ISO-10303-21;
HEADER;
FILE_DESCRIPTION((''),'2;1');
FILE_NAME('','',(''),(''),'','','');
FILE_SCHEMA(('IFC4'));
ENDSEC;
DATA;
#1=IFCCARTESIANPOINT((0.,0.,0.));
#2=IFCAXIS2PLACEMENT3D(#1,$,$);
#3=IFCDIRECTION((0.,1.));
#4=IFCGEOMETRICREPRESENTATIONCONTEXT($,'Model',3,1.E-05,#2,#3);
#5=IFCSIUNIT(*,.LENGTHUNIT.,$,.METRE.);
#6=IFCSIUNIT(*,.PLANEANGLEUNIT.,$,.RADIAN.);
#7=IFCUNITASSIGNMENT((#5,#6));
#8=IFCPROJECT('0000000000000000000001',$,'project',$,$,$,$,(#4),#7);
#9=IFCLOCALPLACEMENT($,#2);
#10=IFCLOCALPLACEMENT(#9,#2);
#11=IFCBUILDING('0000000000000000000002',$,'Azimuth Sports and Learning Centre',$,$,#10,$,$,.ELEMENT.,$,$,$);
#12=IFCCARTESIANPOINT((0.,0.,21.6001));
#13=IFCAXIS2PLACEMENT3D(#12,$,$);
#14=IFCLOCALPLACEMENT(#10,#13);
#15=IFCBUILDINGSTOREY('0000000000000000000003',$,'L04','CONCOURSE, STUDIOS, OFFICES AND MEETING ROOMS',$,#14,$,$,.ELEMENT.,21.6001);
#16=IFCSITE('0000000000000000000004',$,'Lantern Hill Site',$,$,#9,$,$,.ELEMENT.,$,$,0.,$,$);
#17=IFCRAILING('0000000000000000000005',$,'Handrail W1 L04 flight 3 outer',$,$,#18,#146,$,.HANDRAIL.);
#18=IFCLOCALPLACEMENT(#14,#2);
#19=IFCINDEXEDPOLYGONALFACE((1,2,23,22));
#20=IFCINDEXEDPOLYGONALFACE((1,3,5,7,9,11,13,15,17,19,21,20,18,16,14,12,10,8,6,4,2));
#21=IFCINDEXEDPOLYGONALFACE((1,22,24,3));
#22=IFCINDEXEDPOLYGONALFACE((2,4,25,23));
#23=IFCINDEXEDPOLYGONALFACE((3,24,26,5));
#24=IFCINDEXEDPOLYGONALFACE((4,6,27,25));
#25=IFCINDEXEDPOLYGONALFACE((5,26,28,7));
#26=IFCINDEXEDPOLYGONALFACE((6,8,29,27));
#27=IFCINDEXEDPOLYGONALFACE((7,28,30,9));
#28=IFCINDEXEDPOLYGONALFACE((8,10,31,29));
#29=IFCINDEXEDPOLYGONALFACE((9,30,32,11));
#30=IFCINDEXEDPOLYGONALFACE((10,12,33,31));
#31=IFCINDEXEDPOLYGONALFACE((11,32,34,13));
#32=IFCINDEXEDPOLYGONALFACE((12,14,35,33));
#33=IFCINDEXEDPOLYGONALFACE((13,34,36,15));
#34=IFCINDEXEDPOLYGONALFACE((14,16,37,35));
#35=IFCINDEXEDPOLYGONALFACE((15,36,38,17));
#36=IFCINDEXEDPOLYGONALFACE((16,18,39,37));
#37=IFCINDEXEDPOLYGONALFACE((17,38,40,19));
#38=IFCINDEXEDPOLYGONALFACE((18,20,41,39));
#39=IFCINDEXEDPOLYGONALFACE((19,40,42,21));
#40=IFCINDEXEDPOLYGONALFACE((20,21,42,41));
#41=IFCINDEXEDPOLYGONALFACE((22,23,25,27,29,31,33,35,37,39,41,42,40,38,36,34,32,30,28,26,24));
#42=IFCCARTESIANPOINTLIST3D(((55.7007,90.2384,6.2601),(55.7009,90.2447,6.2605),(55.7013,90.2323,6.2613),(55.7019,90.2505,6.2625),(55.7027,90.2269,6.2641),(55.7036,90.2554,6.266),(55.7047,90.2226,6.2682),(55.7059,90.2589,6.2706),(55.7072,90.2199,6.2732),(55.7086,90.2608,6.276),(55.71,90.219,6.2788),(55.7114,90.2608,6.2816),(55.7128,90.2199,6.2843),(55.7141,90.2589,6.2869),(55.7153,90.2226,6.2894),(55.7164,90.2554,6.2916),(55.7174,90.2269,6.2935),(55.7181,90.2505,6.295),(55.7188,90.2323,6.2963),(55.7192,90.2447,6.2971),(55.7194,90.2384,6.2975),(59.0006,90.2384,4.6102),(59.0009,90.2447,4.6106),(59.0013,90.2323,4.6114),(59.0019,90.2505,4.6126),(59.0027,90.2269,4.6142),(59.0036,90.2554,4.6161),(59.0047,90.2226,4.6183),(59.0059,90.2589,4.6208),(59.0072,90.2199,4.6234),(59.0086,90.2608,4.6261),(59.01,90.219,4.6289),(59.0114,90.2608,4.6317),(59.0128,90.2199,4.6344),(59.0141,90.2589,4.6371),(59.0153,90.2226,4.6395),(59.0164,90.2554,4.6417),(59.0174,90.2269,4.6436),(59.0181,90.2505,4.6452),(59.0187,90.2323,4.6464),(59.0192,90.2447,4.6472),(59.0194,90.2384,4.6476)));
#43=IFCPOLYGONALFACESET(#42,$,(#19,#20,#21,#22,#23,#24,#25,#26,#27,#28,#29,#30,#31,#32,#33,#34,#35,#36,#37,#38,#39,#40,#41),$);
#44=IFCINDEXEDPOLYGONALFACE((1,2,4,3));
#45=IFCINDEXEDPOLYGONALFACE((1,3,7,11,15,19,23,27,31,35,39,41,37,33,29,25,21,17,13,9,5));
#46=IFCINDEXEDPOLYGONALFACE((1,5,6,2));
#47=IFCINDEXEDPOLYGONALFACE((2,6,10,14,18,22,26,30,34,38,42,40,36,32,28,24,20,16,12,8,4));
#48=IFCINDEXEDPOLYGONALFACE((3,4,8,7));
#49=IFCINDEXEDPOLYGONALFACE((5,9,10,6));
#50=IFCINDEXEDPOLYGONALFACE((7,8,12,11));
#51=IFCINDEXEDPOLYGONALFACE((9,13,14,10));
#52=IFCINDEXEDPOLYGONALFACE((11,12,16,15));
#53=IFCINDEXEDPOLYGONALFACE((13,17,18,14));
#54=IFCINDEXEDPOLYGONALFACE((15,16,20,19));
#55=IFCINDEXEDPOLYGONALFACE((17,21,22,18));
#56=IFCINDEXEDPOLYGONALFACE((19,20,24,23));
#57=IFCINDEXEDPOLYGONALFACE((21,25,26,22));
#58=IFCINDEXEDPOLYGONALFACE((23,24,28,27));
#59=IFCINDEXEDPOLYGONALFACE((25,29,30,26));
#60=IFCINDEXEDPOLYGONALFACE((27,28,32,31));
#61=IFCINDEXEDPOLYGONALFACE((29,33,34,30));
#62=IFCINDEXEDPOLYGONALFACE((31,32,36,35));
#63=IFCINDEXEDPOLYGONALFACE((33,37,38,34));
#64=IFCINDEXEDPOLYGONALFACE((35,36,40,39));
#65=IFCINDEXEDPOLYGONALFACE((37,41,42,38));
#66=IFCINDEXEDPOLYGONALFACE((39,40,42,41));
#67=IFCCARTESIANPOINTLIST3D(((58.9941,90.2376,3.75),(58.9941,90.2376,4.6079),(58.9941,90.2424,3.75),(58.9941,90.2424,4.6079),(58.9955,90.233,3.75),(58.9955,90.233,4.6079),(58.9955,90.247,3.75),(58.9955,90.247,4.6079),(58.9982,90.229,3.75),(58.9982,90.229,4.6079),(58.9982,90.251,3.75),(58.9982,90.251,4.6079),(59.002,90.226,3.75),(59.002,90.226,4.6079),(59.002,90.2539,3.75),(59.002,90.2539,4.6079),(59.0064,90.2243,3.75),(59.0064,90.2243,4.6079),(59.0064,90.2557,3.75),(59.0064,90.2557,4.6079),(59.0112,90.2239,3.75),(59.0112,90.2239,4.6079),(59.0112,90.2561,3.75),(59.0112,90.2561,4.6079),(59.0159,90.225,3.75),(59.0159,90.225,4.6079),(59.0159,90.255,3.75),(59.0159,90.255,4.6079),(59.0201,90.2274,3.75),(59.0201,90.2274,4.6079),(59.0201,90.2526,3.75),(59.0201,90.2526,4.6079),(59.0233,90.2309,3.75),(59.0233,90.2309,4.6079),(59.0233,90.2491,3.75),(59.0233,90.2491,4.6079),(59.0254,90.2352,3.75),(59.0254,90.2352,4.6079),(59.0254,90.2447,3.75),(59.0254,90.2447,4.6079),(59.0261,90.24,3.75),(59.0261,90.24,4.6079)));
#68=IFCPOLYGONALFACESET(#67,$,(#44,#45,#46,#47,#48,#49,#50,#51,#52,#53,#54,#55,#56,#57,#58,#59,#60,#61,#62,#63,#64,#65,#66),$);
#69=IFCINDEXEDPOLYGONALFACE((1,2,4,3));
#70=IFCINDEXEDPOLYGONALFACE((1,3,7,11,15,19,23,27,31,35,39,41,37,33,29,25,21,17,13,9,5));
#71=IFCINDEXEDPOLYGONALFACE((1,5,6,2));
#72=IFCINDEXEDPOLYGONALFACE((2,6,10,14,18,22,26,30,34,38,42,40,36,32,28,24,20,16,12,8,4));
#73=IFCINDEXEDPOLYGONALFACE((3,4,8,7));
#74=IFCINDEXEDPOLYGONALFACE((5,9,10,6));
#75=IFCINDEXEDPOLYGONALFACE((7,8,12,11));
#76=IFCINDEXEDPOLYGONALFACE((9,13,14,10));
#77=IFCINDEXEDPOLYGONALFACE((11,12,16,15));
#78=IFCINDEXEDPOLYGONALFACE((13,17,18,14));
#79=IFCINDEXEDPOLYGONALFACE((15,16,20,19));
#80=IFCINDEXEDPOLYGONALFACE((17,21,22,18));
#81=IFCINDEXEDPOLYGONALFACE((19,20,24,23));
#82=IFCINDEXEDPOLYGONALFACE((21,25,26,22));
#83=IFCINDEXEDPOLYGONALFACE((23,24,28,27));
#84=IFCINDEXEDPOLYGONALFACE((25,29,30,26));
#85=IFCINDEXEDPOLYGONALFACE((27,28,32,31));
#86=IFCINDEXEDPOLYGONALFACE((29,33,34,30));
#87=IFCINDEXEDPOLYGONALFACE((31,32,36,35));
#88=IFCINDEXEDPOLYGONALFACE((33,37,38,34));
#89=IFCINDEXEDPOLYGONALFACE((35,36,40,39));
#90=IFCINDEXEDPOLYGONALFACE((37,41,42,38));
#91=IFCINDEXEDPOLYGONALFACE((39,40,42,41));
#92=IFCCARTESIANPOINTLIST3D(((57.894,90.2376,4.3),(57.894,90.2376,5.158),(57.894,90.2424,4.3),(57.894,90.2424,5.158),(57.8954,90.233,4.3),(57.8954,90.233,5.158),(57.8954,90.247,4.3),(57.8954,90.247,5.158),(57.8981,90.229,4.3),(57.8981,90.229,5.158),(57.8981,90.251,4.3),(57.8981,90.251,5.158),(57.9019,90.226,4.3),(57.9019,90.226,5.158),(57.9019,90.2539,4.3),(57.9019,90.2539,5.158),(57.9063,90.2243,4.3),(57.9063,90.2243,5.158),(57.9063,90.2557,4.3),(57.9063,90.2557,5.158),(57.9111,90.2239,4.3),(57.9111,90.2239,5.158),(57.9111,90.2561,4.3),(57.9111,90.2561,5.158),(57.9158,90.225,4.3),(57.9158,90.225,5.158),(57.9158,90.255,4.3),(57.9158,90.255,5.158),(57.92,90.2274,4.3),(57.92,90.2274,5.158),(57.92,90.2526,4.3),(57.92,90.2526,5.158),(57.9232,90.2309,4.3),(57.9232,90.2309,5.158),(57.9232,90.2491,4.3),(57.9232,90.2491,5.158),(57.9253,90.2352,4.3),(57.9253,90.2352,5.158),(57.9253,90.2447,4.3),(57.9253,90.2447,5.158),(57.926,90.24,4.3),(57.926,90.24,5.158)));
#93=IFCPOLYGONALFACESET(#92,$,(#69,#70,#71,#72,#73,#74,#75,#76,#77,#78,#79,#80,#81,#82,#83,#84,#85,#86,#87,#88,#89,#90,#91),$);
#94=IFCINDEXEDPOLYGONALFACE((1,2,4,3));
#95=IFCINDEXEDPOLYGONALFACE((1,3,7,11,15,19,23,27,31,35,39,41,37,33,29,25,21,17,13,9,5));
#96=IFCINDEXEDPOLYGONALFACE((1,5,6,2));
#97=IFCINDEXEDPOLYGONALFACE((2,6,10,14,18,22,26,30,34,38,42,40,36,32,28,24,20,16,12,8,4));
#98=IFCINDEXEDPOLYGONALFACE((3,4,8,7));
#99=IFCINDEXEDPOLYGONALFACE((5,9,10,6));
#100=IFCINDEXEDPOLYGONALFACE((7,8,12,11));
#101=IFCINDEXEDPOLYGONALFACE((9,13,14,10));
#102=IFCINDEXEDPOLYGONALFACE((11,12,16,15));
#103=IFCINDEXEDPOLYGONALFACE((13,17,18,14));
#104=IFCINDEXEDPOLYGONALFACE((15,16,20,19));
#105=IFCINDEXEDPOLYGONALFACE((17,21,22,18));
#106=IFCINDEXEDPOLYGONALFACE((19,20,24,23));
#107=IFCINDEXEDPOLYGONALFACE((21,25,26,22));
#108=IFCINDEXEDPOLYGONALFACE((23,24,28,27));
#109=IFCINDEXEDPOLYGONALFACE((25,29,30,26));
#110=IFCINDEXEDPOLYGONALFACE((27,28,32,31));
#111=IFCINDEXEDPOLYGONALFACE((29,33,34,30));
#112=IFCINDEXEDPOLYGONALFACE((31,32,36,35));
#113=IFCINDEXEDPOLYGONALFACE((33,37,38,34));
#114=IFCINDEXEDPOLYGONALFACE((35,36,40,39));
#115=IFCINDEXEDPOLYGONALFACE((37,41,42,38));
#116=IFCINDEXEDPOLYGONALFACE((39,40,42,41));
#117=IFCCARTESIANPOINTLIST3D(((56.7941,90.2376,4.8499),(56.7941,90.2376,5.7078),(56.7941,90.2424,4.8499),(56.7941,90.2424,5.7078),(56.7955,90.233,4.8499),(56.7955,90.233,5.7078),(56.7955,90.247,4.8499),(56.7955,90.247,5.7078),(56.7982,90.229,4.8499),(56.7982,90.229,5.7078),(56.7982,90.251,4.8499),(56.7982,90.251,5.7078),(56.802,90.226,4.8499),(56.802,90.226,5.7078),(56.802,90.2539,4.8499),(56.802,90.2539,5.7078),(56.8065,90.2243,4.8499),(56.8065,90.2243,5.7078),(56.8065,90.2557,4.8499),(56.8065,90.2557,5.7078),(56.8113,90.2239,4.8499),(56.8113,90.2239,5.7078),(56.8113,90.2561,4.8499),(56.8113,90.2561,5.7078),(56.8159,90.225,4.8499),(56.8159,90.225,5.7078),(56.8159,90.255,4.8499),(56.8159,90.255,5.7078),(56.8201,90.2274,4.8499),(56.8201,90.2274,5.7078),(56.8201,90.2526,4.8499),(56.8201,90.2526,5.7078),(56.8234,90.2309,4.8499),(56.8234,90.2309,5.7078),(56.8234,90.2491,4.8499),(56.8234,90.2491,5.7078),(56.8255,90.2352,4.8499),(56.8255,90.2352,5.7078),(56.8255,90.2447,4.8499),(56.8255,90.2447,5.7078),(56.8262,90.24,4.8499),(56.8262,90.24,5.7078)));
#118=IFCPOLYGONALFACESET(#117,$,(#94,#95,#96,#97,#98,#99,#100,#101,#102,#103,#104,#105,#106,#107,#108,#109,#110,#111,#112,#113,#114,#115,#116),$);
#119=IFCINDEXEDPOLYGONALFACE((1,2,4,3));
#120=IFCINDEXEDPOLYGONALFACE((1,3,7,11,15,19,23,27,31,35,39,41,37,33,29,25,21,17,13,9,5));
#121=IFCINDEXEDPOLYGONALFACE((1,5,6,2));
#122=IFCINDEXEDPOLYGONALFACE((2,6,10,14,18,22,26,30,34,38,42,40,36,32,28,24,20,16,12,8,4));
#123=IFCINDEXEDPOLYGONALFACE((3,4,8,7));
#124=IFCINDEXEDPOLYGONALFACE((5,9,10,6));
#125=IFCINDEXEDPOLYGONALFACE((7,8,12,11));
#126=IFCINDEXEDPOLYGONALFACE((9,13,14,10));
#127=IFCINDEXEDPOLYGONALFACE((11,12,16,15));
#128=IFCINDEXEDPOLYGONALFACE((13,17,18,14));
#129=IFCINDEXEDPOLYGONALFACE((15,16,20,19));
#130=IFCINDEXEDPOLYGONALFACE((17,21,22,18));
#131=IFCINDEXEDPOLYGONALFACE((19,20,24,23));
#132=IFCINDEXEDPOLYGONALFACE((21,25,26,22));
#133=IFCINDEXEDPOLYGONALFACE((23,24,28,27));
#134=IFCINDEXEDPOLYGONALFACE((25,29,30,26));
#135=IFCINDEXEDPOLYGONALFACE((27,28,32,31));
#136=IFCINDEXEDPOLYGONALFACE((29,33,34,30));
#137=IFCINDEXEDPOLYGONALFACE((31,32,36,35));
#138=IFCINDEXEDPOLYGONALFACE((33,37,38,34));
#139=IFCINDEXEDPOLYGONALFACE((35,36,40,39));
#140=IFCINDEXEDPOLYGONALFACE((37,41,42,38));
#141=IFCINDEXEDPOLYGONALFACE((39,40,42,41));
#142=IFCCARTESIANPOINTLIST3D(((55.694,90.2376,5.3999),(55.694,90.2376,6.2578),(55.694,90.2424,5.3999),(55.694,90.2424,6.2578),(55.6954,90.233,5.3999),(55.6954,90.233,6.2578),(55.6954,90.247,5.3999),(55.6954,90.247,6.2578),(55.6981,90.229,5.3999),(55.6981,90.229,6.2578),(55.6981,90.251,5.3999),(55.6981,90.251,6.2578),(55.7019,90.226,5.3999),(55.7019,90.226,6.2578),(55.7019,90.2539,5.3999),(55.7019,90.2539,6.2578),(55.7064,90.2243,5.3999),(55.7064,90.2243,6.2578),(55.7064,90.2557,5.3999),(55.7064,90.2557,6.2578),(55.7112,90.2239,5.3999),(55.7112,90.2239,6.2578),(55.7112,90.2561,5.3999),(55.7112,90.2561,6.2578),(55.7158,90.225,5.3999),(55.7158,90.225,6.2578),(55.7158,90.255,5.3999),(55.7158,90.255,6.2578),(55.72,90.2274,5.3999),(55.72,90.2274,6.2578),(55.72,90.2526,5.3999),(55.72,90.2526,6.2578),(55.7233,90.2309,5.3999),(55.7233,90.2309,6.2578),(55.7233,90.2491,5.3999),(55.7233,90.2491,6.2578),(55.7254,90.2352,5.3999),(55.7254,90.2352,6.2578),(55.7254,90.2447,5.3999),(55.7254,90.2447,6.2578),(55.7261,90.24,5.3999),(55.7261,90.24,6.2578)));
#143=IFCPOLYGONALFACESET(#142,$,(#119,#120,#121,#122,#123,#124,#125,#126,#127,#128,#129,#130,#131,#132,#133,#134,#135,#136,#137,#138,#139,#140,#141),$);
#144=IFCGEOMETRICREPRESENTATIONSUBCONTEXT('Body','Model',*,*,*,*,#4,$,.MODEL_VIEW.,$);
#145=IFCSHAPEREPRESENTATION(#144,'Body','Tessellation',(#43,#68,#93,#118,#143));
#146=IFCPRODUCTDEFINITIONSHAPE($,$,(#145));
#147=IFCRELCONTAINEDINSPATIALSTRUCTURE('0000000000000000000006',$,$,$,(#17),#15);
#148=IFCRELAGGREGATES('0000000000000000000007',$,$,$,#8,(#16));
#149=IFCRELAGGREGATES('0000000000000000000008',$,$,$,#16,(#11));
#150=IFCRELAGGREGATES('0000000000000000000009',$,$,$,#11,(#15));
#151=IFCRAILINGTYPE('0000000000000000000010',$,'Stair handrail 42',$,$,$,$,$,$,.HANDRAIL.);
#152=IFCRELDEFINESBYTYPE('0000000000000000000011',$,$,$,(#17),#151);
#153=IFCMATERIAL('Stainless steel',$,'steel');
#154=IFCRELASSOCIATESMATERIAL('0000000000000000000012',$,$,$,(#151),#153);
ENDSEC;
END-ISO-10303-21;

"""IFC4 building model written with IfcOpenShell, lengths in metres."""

from ifc_helpers import new_model, si_unit, direction, frame, origin, origin_2d, place, context, subcontext, project, spatial, circle, extrude, material, type_object, element, save


model = new_model("IFC4")

# Units and contexts
model_context = context("Model", 3, precision=1e-05, world=origin(), true_north=direction((0.0, 1.0)))
body_context = subcontext(model_context, "Body", "Model", "MODEL_VIEW")
ifc_project = project(units=[si_unit("LENGTHUNIT", "METRE"), si_unit("PLANEANGLEUNIT", "RADIAN")], contexts=[model_context])

# Site, building, storey
site_placement = place(None, origin())
site = spatial("IfcSite", under=ifc_project, at=site_placement, Name="Lantern Hill Site", CompositionType="ELEMENT", RefElevation=0.0)
building_placement = place(site_placement, origin())
building = spatial("IfcBuilding", under=site, at=building_placement, Name="Azimuth Sports and Learning Centre", CompositionType="ELEMENT")
storey_placement = place(building_placement, frame((0.0, 0.0, 21.6001)))
storey = spatial("IfcBuildingStorey", under=building, at=storey_placement, Name="L04", Description="CONCOURSE, STUDIOS, OFFICES AND MEETING ROOMS", CompositionType="ELEMENT", Elevation=21.6001)

# Railing
ifc_material_1 = material(Name="Stainless steel", Category="steel")
railing_type_1 = type_object("IfcRailingType", Name="Stair handrail 42", PredefinedType="HANDRAIL", material=ifc_material_1)
for number, where, name in (
    (1, (59.01, 90.24, 3.75), "Handrail W1 L04 flight 3 outer"),
):
    element("IfcRailing", number, at=place(storey_placement, frame(where)), inside=storey, type_object=railing_type_1, Name=name, PredefinedType="HANDRAIL", context=body_context, shape_type="SweptSolid", body=[
        extrude(circle(Radius=0.021, at=origin_2d()), frame((0.0, 0.0, 0.8789), z_axis=(-0.89444, 0.0, 0.447187), x_axis=(0.0, -1.0, 0.0)), (0.0, 0.0, 1.0), 3.6895),
        extrude(circle(Radius=0.0161, at=origin_2d()), origin(), (0.0, 0.0, 1.0), 0.8579),
        extrude(circle(Radius=0.0161, at=origin_2d()), frame((-1.1001, 0.0, 0.55)), (0.0, 0.0, 1.0), 0.8579),
        extrude(circle(Radius=0.0161, at=origin_2d()), frame((-2.2, 0.0, 1.0999)), (0.0, 0.0, 1.0), 0.8579),
        extrude(circle(Radius=0.0161, at=origin_2d()), frame((-3.3, 0.0, 1.6499)), (0.0, 0.0, 1.0), 0.8579),
    ])

save(model, "model.ifc")
